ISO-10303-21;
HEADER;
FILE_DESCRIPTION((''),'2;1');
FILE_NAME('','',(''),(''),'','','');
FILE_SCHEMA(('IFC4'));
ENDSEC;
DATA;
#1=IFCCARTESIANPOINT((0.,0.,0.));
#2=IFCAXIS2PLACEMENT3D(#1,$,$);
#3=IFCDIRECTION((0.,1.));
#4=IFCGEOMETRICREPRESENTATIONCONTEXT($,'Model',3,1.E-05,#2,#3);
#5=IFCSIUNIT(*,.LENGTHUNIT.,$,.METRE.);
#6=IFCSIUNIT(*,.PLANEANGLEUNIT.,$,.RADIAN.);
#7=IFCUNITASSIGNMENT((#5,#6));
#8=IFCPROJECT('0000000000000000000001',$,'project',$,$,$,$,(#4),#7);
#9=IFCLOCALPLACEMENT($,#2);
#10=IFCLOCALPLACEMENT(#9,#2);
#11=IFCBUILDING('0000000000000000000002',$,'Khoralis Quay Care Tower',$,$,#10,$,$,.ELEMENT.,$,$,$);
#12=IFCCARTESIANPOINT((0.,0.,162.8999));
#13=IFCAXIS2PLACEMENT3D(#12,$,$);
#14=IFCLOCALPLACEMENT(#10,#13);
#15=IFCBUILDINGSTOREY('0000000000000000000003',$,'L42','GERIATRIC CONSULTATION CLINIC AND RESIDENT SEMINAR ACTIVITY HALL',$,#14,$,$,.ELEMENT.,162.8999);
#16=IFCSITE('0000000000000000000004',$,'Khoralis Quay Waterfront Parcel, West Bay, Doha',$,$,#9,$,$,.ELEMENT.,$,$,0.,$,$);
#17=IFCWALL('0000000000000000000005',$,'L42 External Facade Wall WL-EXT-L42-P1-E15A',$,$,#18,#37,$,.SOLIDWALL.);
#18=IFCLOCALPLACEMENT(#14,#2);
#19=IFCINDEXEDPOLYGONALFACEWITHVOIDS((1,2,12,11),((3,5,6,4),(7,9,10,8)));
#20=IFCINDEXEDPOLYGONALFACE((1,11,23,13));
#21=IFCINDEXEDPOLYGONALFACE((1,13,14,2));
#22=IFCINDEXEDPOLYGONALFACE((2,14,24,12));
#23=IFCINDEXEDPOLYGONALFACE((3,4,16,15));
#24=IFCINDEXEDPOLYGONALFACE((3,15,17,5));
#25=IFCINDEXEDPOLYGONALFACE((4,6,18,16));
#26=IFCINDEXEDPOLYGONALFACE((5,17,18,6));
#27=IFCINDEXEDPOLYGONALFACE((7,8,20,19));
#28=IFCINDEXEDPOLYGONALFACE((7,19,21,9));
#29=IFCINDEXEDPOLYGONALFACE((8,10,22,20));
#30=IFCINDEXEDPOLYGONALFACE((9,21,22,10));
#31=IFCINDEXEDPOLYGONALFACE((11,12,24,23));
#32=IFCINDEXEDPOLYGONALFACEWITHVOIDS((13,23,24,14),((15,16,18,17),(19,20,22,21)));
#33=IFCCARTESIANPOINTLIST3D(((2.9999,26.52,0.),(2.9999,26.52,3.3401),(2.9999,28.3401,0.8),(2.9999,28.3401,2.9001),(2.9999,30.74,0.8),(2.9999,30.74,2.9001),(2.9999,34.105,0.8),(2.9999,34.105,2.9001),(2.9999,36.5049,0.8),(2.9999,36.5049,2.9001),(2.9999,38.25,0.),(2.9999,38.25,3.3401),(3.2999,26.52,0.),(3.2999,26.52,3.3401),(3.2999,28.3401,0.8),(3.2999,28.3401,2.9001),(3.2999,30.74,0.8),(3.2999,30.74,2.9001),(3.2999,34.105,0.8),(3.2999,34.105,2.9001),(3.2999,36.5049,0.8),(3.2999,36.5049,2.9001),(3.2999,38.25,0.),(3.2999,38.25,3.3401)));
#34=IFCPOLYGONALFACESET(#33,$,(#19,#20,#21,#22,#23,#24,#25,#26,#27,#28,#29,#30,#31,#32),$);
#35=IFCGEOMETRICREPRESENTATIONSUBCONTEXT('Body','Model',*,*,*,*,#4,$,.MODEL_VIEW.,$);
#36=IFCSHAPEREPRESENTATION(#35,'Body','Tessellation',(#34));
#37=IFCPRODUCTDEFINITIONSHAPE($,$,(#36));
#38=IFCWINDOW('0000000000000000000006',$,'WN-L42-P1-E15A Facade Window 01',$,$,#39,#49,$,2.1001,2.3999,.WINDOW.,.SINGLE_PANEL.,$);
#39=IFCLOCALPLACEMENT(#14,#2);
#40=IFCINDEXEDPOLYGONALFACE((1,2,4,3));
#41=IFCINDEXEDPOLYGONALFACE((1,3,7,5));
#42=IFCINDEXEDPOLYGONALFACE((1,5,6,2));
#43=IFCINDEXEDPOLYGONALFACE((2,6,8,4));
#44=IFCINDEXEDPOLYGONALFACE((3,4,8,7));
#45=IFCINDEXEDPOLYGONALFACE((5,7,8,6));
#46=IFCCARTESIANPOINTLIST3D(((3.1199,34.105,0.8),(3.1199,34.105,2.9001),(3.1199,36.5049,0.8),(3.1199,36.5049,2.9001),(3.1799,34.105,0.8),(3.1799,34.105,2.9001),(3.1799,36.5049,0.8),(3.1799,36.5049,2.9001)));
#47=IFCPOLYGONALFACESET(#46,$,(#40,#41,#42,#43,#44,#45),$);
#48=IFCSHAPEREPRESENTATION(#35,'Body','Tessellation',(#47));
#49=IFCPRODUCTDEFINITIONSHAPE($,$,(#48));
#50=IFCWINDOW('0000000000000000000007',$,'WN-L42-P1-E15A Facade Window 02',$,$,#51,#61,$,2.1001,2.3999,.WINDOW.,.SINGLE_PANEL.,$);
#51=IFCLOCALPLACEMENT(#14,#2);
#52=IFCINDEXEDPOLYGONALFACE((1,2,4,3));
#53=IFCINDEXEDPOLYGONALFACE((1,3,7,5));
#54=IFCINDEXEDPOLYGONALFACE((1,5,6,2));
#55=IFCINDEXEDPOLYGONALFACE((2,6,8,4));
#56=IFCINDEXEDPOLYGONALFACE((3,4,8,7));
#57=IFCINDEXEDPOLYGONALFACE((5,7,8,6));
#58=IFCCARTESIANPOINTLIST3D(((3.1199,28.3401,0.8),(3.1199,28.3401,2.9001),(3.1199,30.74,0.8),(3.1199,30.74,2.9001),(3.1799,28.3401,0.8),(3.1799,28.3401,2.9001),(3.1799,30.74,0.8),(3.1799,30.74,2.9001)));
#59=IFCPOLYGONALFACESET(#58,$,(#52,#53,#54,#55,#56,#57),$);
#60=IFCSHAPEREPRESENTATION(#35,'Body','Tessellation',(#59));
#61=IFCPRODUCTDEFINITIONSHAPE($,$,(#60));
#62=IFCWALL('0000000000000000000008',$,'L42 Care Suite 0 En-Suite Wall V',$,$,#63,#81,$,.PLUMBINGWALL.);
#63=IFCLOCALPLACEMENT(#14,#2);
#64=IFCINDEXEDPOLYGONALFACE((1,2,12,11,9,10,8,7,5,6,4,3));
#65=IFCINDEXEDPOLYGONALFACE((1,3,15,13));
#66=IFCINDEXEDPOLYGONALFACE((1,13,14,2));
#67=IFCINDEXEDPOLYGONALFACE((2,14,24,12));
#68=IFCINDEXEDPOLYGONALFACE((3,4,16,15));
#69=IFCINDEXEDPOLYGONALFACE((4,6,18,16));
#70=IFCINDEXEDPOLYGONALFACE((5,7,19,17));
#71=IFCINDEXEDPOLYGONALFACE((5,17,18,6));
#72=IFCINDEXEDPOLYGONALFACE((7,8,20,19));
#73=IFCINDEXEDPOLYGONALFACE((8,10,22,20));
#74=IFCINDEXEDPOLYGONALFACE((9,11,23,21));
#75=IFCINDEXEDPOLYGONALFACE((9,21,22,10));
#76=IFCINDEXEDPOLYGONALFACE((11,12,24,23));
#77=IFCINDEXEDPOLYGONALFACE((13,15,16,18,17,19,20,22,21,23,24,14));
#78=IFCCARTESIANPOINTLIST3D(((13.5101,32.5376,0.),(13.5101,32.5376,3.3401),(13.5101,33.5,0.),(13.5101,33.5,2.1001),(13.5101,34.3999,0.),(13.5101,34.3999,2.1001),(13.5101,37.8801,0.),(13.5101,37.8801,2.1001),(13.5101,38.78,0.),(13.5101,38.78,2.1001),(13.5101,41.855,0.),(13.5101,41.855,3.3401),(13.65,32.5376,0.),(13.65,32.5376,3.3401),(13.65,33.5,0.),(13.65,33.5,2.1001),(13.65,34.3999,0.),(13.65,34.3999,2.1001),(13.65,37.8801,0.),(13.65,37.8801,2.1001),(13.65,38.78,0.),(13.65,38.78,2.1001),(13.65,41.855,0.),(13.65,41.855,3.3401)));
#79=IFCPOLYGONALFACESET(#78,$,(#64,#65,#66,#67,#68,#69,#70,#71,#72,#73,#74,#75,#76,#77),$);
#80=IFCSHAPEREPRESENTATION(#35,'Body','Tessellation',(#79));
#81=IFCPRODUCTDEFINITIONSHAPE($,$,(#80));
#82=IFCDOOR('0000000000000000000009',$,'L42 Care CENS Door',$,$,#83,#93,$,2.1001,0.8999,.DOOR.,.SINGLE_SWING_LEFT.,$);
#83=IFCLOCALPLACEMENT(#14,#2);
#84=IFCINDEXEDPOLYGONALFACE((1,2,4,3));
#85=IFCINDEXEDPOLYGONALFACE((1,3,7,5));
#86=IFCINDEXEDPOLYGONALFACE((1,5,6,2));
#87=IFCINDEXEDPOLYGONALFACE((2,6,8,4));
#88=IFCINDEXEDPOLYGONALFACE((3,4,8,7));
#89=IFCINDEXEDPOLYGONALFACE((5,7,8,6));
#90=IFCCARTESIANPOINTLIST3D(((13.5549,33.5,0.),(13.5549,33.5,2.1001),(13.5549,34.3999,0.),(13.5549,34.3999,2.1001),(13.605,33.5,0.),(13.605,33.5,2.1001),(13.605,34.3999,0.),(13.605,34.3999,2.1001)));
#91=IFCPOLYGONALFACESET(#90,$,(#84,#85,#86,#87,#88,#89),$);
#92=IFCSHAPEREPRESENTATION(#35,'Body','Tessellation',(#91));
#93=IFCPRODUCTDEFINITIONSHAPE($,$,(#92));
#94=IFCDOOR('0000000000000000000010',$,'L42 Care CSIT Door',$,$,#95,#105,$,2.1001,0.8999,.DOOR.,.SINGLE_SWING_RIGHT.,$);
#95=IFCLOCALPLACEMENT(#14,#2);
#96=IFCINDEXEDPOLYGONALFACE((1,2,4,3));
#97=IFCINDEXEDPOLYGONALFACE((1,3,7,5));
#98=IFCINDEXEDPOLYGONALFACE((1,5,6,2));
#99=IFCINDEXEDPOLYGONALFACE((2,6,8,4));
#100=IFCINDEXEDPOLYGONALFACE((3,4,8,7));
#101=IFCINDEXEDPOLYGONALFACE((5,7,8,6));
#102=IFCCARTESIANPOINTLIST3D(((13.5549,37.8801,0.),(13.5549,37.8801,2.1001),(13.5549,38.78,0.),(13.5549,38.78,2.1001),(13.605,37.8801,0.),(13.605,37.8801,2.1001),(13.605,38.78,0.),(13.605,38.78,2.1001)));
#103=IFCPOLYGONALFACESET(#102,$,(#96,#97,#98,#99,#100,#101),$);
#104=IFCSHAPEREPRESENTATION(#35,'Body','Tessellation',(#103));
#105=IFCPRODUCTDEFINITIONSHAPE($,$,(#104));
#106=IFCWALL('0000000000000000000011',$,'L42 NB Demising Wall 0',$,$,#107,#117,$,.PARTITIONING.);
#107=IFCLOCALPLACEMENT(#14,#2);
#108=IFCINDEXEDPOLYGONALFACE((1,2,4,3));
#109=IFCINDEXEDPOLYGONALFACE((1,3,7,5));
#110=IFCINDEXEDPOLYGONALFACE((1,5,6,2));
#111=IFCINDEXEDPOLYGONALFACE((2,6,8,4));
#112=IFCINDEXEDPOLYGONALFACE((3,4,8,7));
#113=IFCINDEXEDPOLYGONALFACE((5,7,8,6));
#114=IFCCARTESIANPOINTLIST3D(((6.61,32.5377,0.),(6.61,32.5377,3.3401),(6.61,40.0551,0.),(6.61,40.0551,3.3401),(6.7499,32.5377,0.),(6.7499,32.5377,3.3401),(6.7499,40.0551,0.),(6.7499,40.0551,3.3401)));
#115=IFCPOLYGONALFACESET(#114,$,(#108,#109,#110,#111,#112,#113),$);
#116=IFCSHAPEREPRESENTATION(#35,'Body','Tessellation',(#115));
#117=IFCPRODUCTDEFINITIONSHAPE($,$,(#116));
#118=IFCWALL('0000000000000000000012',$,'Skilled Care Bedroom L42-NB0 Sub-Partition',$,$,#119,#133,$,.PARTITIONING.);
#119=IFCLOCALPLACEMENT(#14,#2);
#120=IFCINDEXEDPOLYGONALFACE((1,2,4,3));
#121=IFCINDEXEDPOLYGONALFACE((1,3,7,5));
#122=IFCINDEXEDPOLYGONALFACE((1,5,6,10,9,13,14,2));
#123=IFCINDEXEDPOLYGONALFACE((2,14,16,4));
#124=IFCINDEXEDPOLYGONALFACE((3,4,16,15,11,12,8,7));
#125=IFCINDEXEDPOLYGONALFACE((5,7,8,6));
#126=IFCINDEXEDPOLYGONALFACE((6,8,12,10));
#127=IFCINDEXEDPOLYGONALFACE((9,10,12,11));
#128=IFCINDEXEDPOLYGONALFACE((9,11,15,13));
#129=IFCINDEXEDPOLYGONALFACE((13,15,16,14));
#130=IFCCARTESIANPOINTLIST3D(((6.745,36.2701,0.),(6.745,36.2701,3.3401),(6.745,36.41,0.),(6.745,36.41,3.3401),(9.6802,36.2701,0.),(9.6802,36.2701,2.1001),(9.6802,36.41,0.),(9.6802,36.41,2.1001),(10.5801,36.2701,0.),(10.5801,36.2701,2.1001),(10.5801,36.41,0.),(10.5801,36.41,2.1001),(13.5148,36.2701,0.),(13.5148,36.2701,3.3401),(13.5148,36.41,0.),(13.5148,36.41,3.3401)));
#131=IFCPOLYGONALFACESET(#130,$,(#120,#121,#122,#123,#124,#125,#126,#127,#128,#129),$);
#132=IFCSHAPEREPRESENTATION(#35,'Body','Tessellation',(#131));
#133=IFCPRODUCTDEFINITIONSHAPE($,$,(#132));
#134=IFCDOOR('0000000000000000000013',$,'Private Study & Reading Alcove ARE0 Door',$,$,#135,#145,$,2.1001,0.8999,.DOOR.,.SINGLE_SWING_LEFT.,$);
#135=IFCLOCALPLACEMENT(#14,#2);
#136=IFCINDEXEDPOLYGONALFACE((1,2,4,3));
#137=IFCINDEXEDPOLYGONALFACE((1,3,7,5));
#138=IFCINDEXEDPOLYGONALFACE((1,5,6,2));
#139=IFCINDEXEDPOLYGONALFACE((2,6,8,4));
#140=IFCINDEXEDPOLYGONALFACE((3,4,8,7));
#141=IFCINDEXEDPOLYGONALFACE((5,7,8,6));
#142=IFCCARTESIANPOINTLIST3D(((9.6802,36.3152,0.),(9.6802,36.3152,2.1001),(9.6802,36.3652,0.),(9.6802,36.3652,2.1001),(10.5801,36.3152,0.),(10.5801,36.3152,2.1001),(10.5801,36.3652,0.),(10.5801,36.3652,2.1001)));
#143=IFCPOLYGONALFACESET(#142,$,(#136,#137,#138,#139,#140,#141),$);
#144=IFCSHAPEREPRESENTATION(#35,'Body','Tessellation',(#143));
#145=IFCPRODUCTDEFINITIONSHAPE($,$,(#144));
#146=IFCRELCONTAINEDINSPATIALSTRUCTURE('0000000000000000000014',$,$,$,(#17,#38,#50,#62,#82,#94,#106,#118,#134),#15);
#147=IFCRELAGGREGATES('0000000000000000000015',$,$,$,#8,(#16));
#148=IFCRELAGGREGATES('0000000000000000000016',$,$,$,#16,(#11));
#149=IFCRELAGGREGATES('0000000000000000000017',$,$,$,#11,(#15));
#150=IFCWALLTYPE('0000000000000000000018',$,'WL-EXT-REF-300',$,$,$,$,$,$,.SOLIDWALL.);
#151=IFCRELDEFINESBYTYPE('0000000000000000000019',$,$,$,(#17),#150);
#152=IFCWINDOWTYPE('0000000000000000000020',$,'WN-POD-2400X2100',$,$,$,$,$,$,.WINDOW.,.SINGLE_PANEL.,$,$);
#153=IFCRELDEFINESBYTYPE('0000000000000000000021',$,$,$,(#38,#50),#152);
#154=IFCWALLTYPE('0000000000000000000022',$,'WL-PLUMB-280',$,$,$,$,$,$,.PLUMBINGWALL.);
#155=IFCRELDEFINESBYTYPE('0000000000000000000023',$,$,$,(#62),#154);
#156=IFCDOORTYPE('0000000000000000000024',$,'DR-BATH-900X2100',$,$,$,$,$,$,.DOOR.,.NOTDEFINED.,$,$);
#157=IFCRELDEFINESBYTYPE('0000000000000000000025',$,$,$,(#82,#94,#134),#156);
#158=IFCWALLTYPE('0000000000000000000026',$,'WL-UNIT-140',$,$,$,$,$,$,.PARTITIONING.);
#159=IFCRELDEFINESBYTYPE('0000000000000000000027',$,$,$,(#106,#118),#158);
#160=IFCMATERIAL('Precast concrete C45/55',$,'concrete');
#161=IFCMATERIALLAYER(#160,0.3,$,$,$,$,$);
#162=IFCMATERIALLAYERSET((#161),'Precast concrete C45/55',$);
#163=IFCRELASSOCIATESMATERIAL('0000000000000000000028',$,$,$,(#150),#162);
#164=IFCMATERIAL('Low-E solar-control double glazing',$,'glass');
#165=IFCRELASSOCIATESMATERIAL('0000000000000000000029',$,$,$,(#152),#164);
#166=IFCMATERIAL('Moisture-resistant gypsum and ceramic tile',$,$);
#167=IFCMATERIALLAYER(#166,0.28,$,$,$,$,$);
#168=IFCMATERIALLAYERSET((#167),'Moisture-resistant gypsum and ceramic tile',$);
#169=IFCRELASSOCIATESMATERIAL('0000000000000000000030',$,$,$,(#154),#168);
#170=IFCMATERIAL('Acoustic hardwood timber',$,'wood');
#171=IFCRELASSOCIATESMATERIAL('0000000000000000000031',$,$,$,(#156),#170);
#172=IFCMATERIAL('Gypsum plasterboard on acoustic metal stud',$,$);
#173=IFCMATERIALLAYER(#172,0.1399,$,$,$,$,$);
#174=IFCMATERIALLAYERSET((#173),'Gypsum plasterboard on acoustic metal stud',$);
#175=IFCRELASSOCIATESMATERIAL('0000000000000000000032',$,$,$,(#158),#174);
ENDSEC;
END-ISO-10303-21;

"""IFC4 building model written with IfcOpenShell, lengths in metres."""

from ifc_helpers import new_model, si_unit, direction, frame, frame_2d, origin, place, context, subcontext, project, spatial, rectangle, extrude, source, transform, mapped, material, layer, layer_set, type_object, element, fill, save


model = new_model("IFC4")

# Units and contexts
model_context = context("Model", 3, precision=1e-05, world=origin(), true_north=direction((0.0, 1.0)))
body_context = subcontext(model_context, "Body", "Model", "MODEL_VIEW")
ifc_project = project(units=[si_unit("LENGTHUNIT", "METRE"), si_unit("PLANEANGLEUNIT", "RADIAN")], contexts=[model_context])

# Site, building, storey
site_placement = place(None, origin())
site = spatial("IfcSite", under=ifc_project, at=site_placement, Name="Khoralis Quay Waterfront Parcel, West Bay, Doha", CompositionType="ELEMENT", RefElevation=0.0)
building_placement = place(site_placement, origin())
building = spatial("IfcBuilding", under=site, at=building_placement, Name="Khoralis Quay Care Tower", CompositionType="ELEMENT")
storey_placement = place(building_placement, frame((0.0, 0.0, 162.8999)))
storey = spatial("IfcBuildingStorey", under=building, at=storey_placement, Name="L42", Description="GERIATRIC CONSULTATION CLINIC AND RESIDENT SEMINAR ACTIVITY HALL", CompositionType="ELEMENT", Elevation=162.8999)

# Shared definitions
ifc_material_1 = material(Name="Gypsum plasterboard on acoustic metal stud")
ifc_material_2 = material(Name="Acoustic hardwood timber", Category="wood")

# Shared definitions
ifc_material_3 = material(Name="Precast concrete C45/55", Category="concrete")
ifc_layer_1 = layer(ifc_material_3, 0.3)
ifc_layer_set_1 = layer_set([ifc_layer_1], Name="Precast concrete C45/55")
wall_type_1 = type_object("IfcWallType", Name="WL-EXT-REF-300", PredefinedType="SOLIDWALL", material=ifc_layer_set_1)

# Wall, openings, windows
wall_1_placement = place(storey_placement, frame((3.1499, 38.25, 0.0), z_axis=(0.0, 0.0, 1.0), x_axis=(0.0, -1.0, 0.0)))
wall_1 = element("IfcWall", 1, at=wall_1_placement, inside=storey, type_object=wall_type_1, Name="L42 External Facade Wall WL-EXT-L42-P1-E15A", PredefinedType="SOLIDWALL", context=body_context, shape_type="SweptSolid", body=[
    extrude(rectangle(XDim=11.73, YDim=0.3, at=frame_2d((5.865, 0.0))), origin(), (0.0, 0.0, 1.0), 3.3401),
])
opening_1_placement = place(wall_1_placement, frame((1.7451, 0.0, 0.8)))
opening_1 = element("IfcOpeningElement", 2, at=opening_1_placement, cuts=wall_1, PredefinedType="OPENING", context=body_context, shape_type="SweptSolid", body=[
    extrude(rectangle(XDim=2.3999, YDim=2.1001, at=frame_2d((1.2, 1.05))), frame((0.0, 0.1602, 0.0), z_axis=(0.0, -1.0, 0.0), x_axis=(1.0, 0.0, 0.0)), (0.0, 0.0, 1.0), 0.3201),
])
opening_2_placement = place(wall_1_placement, frame((7.51, 0.0, 0.8)))
opening_2 = element("IfcOpeningElement", 3, at=opening_2_placement, cuts=wall_1, PredefinedType="OPENING", context=body_context, shape_type="SweptSolid", body=[
    extrude(rectangle(XDim=2.3999, YDim=2.1001, at=frame_2d((1.2, 1.05))), frame((0.0, 0.1602, 0.0), z_axis=(0.0, -1.0, 0.0), x_axis=(1.0, 0.0, 0.0)), (0.0, 0.0, 1.0), 0.3201),
])
ifc_material_4 = material(Name="Low-E solar-control double glazing", Category="glass")
window_type = type_object("IfcWindowType", Name="WN-POD-2400X2100", PartitioningType="SINGLE_PANEL", PredefinedType="WINDOW", material=ifc_material_4)
shared_shape_1 = source(origin(), body_context, "Body", "SweptSolid", [
    extrude(rectangle(XDim=2.3999, YDim=2.1001, at=frame_2d((1.2, 1.05))), frame((0.0, 0.03, 0.0), z_axis=(0.0, -1.0, 0.0), x_axis=(1.0, 0.0, 0.0)), (0.0, 0.0, 1.0), 0.0601),
])
window_1_placement = place(opening_1_placement, origin())
window_1 = element("IfcWindow", 4, at=window_1_placement, inside=storey, type_object=window_type, Name="WN-L42-P1-E15A Facade Window 01", OverallHeight=2.1001, OverallWidth=2.3999, PartitioningType="SINGLE_PANEL", PredefinedType="WINDOW", context=body_context, shape_type="MappedRepresentation", body=[
    mapped(shared_shape_1, transform((0.0, 0.0, 0.0), scale=1.0)),
])
fill(opening_1, window_1)
window_2_placement = place(opening_2_placement, origin())
window_2 = element("IfcWindow", 5, at=window_2_placement, inside=storey, type_object=window_type, Name="WN-L42-P1-E15A Facade Window 02", OverallHeight=2.1001, OverallWidth=2.3999, PartitioningType="SINGLE_PANEL", PredefinedType="WINDOW", context=body_context, shape_type="MappedRepresentation", body=[
    mapped(shared_shape_1, transform((0.0, 0.0, 0.0), scale=1.0)),
])
fill(opening_2, window_2)

# Wall, openings, doors
ifc_material_5 = material(Name="Moisture-resistant gypsum and ceramic tile")
ifc_layer_2 = layer(ifc_material_5, 0.28)
ifc_layer_set_2 = layer_set([ifc_layer_2], Name="Moisture-resistant gypsum and ceramic tile")
wall_type_2 = type_object("IfcWallType", Name="WL-PLUMB-280", PredefinedType="PLUMBINGWALL", material=ifc_layer_set_2)
wall_2_placement = place(storey_placement, frame((13.5801, 32.5376, 0.0), z_axis=(0.0, 0.0, 1.0), x_axis=(0.0, 1.0, 0.0)))
wall_2 = element("IfcWall", 6, at=wall_2_placement, inside=storey, type_object=wall_type_2, Name="L42 Care Suite 0 En-Suite Wall V", PredefinedType="PLUMBINGWALL", context=body_context, shape_type="SweptSolid", body=[
    extrude(rectangle(XDim=9.3174, YDim=0.1399, at=frame_2d((4.6587, 0.0))), origin(), (0.0, 0.0, 1.0), 3.3401),
])
opening_3_placement = place(wall_2_placement, frame((0.9624, 0.0, 0.0)))
opening_3 = element("IfcOpeningElement", 7, at=opening_3_placement, cuts=wall_2, PredefinedType="OPENING", context=body_context, shape_type="SweptSolid", body=[
    extrude(rectangle(XDim=0.8999, YDim=2.1001, at=frame_2d((0.45, 1.05))), frame((0.0, 0.0801, 0.0), z_axis=(0.0, -1.0, 0.0), x_axis=(1.0, 0.0, 0.0)), (0.0, 0.0, 1.0), 0.1599),
])
opening_4_placement = place(wall_2_placement, frame((5.3425, 0.0, 0.0)))
opening_4 = element("IfcOpeningElement", 8, at=opening_4_placement, cuts=wall_2, PredefinedType="OPENING", context=body_context, shape_type="SweptSolid", body=[
    extrude(rectangle(XDim=0.8999, YDim=2.1001, at=frame_2d((0.45, 1.05))), frame((0.0, 0.0801, 0.0), z_axis=(0.0, -1.0, 0.0), x_axis=(1.0, 0.0, 0.0)), (0.0, 0.0, 1.0), 0.1599),
])
door_type_1 = type_object("IfcDoorType", Name="DR-BATH-900X2100", OperationType="NOTDEFINED", PredefinedType="DOOR", material=ifc_material_2)
shared_shape_2 = source(origin(), body_context, "Body", "SweptSolid", [
    extrude(rectangle(XDim=0.8999, YDim=2.1001, at=frame_2d((0.45, 1.05))), frame((0.0, 0.0249, 0.0), z_axis=(0.0, -1.0, 0.0), x_axis=(1.0, 0.0, 0.0)), (0.0, 0.0, 1.0), 0.05),
])
door_1_placement = place(opening_3_placement, frame((0.8999, 0.0, 0.0), z_axis=(0.0, 0.0, 1.0), x_axis=(-1.0, 0.0, 0.0)))
door_1 = element("IfcDoor", 9, at=door_1_placement, inside=storey, type_object=door_type_1, Name="L42 Care CENS Door", OperationType="SINGLE_SWING_LEFT", OverallHeight=2.1001, OverallWidth=0.8999, PredefinedType="DOOR", context=body_context, shape_type="MappedRepresentation", body=[
    mapped(shared_shape_2, transform((0.0, 0.0, 0.0), scale=1.0)),
])
fill(opening_3, door_1)
door_2_placement = place(opening_4_placement, frame((0.8999, 0.0, 0.0), z_axis=(0.0, 0.0, 1.0), x_axis=(-1.0, 0.0, 0.0)))
door_2 = element("IfcDoor", 10, at=door_2_placement, inside=storey, type_object=door_type_1, Name="L42 Care CSIT Door", OperationType="SINGLE_SWING_RIGHT", OverallHeight=2.1001, OverallWidth=0.8999, PredefinedType="DOOR", context=body_context, shape_type="MappedRepresentation", body=[
    mapped(shared_shape_2, transform((0.0, 0.0, 0.0), scale=1.0)),
])
fill(opening_4, door_2)

# Wall
ifc_layer_3 = layer(ifc_material_1, 0.1399)
ifc_layer_set_3 = layer_set([ifc_layer_3], Name="Gypsum plasterboard on acoustic metal stud")
wall_type_3 = type_object("IfcWallType", Name="WL-UNIT-140", PredefinedType="PARTITIONING", material=ifc_layer_set_3)
wall_3_placement = place(storey_placement, frame((6.6799, 32.5376, 0.0), z_axis=(0.0, 0.0, 1.0), x_axis=(0.0, 1.0, 0.0)))
element("IfcWall", 11, at=wall_3_placement, inside=storey, type_object=wall_type_3, Name="L42 NB Demising Wall 0", PredefinedType="PARTITIONING", context=body_context, shape_type="SweptSolid", body=[
    extrude(rectangle(XDim=7.5173, YDim=0.1399, at=frame_2d((3.7588, 0.0))), origin(), (0.0, 0.0, 1.0), 3.3401),
])

# Wall, opening, door
wall_4_placement = place(storey_placement, frame((6.7451, 36.3401, 0.0), z_axis=(0.0, 0.0, 1.0), x_axis=(1.0, 0.0, 0.0)))
wall_4 = element("IfcWall", 12, at=wall_4_placement, inside=storey, type_object=wall_type_3, Name="Skilled Care Bedroom L42-NB0 Sub-Partition", PredefinedType="PARTITIONING", context=body_context, shape_type="SweptSolid", body=[
    extrude(rectangle(XDim=6.7698, YDim=0.1399, at=frame_2d((3.3848, 0.0))), origin(), (0.0, 0.0, 1.0), 3.3401),
])
opening_5_placement = place(wall_4_placement, frame((2.9351, 0.0, 0.0)))
opening_5 = element("IfcOpeningElement", 13, at=opening_5_placement, cuts=wall_4, PredefinedType="OPENING", context=body_context, shape_type="SweptSolid", body=[
    extrude(rectangle(XDim=0.8999, YDim=2.1001, at=frame_2d((0.45, 1.05))), frame((0.0, 0.0801, 0.0), z_axis=(0.0, -1.0, 0.0), x_axis=(1.0, 0.0, 0.0)), (0.0, 0.0, 1.0), 0.1599),
])
door_3_placement = place(opening_5_placement, frame((0.8999, 0.0, 0.0), z_axis=(0.0, 0.0, 1.0), x_axis=(-1.0, 0.0, 0.0)))
door_3 = element("IfcDoor", 14, at=door_3_placement, inside=storey, type_object=door_type_1, Name="Private Study & Reading Alcove ARE0 Door", OperationType="SINGLE_SWING_LEFT", OverallHeight=2.1001, OverallWidth=0.8999, PredefinedType="DOOR", context=body_context, shape_type="MappedRepresentation", body=[
    mapped(shared_shape_2, transform((0.0, 0.0, 0.0), scale=1.0)),
])
fill(opening_5, door_3)

save(model, "model.ifc")
